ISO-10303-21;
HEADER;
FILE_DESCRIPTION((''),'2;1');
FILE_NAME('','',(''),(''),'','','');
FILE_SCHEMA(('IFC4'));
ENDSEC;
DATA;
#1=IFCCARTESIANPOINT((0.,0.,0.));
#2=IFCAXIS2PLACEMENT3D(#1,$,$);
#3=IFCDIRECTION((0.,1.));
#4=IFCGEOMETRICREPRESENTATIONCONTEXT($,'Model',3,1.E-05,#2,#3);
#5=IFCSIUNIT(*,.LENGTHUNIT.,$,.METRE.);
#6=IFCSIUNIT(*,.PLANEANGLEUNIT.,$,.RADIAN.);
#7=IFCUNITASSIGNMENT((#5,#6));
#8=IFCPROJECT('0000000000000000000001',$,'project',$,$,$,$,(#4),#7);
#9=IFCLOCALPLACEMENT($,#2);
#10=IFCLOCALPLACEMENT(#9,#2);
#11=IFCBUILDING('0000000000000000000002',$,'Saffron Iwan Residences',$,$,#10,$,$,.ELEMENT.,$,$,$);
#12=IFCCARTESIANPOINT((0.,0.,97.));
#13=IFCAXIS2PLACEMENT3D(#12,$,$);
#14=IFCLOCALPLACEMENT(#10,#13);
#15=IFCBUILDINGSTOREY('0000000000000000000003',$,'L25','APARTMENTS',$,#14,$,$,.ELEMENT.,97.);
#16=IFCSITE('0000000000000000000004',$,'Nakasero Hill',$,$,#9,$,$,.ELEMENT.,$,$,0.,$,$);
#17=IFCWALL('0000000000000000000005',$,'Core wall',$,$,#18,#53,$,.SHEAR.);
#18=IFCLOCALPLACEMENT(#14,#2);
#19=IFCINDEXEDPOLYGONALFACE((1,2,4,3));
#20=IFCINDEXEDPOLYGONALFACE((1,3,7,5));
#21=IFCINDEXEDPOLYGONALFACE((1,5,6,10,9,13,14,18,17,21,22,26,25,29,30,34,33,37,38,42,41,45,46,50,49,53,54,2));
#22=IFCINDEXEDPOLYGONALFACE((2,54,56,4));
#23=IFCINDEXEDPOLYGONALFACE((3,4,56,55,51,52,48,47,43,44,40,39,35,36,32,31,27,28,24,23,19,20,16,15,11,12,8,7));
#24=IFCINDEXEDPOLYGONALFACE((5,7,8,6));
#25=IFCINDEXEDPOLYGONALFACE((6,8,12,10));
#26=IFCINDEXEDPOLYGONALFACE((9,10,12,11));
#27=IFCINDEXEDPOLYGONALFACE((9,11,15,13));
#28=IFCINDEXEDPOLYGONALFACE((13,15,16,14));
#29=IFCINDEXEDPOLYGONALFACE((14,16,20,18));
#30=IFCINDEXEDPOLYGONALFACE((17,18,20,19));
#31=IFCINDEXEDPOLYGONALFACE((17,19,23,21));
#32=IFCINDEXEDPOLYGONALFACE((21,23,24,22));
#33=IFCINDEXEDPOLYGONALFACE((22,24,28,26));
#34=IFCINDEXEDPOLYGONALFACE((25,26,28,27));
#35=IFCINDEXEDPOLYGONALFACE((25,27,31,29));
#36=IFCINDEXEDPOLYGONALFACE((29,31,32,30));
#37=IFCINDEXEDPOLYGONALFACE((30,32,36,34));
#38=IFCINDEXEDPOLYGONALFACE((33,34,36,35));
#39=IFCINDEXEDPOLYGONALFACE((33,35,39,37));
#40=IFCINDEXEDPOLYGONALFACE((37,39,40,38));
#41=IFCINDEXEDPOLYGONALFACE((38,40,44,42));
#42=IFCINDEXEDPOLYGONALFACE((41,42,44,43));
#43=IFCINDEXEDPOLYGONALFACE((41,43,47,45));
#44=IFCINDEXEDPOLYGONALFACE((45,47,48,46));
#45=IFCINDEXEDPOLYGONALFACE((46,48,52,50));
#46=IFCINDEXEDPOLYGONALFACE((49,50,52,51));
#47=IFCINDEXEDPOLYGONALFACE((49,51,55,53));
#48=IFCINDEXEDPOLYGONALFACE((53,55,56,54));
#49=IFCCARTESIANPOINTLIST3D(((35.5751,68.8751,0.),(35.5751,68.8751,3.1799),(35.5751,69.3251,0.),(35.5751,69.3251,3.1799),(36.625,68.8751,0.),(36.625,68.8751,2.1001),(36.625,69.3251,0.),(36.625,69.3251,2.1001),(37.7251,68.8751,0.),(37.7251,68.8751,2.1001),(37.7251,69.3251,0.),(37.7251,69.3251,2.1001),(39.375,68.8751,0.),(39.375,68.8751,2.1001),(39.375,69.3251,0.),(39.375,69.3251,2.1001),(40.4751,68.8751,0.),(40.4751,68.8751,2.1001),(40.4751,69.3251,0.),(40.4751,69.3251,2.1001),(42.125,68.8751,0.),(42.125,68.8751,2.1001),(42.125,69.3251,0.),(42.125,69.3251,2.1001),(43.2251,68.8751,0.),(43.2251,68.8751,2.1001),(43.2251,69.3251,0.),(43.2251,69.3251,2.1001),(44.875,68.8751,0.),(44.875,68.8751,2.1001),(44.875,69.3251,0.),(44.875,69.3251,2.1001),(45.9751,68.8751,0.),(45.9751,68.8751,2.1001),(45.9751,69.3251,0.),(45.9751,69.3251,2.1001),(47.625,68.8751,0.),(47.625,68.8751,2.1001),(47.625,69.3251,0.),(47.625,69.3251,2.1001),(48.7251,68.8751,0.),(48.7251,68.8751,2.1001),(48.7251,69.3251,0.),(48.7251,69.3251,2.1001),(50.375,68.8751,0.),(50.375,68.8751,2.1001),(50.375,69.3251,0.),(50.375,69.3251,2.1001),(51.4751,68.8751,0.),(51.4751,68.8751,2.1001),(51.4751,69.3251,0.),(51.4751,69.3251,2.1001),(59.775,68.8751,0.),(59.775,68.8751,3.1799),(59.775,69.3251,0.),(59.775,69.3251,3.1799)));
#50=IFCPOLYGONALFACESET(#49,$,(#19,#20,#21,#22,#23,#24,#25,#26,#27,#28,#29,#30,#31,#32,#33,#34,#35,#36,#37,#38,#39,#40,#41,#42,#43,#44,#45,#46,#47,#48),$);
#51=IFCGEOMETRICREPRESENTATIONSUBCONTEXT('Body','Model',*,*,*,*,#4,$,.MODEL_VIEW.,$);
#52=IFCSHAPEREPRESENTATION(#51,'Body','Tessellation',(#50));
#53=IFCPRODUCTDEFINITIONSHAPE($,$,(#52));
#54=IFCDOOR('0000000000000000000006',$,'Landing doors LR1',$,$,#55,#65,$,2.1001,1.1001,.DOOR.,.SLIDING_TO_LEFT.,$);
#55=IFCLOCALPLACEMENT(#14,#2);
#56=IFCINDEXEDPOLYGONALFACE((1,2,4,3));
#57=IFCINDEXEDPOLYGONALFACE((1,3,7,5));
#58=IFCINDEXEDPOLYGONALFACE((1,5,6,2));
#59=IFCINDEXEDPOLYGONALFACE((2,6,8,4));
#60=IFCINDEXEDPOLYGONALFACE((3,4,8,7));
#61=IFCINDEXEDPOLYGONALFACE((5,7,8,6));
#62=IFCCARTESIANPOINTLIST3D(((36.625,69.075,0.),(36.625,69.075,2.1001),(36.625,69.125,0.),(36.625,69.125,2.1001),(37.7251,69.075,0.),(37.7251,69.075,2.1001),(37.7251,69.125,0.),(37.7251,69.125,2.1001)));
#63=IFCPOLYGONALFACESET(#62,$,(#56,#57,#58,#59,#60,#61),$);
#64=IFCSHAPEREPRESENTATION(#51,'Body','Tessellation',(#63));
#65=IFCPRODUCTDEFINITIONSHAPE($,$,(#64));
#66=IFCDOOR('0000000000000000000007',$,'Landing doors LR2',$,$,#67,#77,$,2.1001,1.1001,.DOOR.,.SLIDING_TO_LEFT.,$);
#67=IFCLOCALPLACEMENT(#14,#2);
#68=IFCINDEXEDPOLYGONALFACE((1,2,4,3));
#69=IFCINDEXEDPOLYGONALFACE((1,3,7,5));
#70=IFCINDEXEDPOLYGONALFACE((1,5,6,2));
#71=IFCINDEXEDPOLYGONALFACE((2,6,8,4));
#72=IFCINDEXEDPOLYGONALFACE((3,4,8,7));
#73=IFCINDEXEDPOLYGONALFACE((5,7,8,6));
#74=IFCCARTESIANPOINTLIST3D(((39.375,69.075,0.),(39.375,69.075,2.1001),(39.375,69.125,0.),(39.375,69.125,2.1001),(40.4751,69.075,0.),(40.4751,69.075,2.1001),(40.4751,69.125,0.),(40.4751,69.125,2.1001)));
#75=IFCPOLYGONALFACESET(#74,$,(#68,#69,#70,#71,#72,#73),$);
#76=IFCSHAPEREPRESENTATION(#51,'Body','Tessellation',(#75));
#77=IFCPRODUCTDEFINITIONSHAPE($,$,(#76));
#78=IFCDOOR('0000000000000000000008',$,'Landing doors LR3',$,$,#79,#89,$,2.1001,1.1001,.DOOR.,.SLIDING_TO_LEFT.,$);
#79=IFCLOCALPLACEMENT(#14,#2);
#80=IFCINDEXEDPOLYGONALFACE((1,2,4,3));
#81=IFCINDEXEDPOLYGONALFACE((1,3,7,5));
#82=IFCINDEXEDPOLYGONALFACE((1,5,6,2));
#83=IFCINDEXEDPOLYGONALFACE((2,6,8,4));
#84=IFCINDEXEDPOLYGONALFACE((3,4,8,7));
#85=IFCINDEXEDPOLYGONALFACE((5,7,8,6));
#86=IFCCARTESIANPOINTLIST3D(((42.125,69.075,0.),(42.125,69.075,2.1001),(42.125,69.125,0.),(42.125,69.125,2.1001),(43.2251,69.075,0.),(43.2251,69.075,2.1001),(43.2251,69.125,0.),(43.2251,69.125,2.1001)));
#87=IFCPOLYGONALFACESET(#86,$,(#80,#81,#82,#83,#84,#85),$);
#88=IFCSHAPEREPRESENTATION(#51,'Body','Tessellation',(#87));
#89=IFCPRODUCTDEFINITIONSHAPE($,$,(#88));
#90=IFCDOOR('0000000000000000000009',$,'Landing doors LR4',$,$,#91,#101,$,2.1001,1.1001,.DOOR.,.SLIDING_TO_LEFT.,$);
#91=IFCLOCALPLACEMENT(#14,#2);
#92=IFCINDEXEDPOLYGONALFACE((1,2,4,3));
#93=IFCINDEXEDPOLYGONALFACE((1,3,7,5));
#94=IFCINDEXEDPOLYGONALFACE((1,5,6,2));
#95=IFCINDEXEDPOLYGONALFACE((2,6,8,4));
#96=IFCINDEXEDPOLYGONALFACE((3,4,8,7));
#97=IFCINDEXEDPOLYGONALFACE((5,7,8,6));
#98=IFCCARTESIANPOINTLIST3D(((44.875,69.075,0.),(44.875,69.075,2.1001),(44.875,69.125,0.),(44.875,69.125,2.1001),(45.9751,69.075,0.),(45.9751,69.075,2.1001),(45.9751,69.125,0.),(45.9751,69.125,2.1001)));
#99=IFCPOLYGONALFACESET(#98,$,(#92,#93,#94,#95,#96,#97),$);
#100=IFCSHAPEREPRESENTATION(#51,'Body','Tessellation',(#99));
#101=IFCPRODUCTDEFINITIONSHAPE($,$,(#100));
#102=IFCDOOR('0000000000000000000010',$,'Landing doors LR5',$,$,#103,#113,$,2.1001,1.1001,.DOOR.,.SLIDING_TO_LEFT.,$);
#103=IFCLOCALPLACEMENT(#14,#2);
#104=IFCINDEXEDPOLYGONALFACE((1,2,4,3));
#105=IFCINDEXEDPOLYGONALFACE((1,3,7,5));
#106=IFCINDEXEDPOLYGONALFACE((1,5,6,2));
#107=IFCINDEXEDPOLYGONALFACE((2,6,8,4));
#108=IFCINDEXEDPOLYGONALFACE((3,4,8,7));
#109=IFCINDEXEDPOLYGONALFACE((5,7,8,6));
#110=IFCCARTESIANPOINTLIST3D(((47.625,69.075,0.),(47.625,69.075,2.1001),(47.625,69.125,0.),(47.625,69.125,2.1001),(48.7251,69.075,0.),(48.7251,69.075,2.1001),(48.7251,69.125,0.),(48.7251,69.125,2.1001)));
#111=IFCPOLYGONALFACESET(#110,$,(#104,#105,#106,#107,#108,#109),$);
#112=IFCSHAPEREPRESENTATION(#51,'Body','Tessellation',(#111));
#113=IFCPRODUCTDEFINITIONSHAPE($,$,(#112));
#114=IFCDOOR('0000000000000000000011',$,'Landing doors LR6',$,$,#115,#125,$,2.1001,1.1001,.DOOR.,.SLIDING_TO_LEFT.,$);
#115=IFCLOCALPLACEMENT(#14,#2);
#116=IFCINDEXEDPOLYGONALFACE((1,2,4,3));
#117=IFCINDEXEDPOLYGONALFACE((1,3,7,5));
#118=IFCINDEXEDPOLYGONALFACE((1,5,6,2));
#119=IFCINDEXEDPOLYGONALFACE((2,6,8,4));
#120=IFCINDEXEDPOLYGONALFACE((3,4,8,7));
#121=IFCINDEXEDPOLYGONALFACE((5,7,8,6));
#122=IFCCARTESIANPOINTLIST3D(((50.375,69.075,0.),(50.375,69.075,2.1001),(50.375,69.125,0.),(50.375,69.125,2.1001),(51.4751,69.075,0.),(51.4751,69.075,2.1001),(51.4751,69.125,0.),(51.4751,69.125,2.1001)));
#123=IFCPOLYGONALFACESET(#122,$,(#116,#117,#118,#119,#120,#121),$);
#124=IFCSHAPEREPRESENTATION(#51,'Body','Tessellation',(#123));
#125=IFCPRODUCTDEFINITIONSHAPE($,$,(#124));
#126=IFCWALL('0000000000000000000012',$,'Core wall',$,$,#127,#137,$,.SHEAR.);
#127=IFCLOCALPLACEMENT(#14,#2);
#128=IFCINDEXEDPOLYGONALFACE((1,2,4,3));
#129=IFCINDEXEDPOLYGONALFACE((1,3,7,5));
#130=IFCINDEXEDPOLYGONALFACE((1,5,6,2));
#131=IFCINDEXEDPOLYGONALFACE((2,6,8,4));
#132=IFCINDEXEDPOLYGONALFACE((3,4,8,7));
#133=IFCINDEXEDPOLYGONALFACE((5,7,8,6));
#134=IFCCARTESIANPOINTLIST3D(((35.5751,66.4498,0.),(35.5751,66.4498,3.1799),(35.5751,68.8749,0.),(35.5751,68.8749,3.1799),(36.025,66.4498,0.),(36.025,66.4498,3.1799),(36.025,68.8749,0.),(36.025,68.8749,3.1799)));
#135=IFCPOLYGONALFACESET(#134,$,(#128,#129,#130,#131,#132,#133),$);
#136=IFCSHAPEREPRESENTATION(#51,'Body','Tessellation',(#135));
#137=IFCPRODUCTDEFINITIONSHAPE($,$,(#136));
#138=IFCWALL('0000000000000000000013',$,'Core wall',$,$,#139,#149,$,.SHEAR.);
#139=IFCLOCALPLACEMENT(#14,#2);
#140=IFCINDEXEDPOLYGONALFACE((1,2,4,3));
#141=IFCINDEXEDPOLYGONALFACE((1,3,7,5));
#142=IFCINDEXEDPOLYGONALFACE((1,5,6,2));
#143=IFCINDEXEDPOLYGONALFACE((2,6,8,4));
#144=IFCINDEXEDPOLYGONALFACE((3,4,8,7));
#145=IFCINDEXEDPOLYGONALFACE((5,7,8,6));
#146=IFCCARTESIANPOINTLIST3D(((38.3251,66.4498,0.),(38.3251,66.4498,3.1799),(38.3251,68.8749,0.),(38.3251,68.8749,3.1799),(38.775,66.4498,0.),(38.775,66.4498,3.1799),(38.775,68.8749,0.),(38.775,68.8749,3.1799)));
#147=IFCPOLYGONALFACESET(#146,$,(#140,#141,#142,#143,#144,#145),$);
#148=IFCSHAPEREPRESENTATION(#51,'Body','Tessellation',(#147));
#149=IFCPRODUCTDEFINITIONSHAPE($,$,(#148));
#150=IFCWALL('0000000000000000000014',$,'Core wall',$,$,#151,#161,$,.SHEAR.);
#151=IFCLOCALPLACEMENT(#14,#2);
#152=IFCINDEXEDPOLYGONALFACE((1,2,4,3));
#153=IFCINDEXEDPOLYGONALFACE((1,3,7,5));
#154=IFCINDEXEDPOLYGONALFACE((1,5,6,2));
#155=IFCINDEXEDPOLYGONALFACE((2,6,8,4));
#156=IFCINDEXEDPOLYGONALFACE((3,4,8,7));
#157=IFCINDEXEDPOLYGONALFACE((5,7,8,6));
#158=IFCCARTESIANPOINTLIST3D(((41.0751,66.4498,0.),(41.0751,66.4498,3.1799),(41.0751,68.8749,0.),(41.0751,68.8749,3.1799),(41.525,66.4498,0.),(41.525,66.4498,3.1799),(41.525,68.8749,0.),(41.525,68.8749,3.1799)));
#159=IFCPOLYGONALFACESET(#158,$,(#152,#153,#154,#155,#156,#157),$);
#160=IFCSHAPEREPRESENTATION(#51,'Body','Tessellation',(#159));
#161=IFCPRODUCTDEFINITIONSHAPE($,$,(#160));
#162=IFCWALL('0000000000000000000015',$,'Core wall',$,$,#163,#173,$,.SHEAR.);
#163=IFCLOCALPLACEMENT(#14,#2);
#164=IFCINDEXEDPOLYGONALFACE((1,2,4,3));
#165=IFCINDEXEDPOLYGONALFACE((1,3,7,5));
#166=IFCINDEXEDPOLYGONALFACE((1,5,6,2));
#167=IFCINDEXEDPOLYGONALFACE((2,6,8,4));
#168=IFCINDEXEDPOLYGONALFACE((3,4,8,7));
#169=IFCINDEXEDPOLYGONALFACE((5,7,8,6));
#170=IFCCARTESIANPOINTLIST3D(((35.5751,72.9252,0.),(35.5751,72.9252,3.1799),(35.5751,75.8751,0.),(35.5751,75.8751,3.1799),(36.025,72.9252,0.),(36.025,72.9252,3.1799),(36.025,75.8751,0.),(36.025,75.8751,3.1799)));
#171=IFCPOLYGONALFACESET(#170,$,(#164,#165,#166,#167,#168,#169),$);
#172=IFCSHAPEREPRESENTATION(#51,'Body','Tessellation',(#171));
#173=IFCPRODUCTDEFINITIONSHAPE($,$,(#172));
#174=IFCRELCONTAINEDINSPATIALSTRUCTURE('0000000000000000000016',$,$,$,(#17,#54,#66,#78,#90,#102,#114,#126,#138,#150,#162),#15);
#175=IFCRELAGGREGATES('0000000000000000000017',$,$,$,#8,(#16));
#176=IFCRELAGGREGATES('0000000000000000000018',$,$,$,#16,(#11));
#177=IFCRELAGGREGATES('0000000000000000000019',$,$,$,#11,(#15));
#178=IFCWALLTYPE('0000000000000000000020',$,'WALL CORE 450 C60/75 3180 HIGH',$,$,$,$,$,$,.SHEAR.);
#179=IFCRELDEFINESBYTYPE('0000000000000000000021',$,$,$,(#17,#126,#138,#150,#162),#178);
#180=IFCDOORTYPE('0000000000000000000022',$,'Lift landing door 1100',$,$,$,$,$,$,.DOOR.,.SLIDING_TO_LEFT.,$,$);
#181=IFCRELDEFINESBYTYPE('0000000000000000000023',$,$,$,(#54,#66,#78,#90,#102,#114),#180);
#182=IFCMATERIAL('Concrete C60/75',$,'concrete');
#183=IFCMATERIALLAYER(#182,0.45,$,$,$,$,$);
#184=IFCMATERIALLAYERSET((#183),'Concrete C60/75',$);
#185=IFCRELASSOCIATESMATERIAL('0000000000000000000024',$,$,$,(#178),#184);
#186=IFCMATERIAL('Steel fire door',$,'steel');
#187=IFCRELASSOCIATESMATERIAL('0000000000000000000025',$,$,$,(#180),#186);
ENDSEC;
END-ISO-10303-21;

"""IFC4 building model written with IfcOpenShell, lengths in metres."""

from ifc_helpers import new_model, si_unit, direction, frame, frame_2d, origin, place, context, subcontext, project, spatial, rectangle, extrude, material, layer, layer_set, type_object, element, fill, save


model = new_model("IFC4")

# Units and contexts
model_context = context("Model", 3, precision=1e-05, world=origin(), true_north=direction((0.0, 1.0)))
body_context = subcontext(model_context, "Body", "Model", "MODEL_VIEW")
ifc_project = project(units=[si_unit("LENGTHUNIT", "METRE"), si_unit("PLANEANGLEUNIT", "RADIAN")], contexts=[model_context])

# Site, building, storey
site_placement = place(None, origin())
site = spatial("IfcSite", under=ifc_project, at=site_placement, Name="Nakasero Hill", CompositionType="ELEMENT", RefElevation=0.0)
building_placement = place(site_placement, origin())
building = spatial("IfcBuilding", under=site, at=building_placement, Name="Saffron Iwan Residences", CompositionType="ELEMENT")
storey_placement = place(building_placement, frame((0.0, 0.0, 97.0)))
storey = spatial("IfcBuildingStorey", under=building, at=storey_placement, Name="L25", Description="APARTMENTS", CompositionType="ELEMENT", Elevation=97.0)

# Wall, openings, doors
ifc_material_1 = material(Name="Concrete C60/75", Category="concrete")
ifc_layer = layer(ifc_material_1, 0.45)
ifc_layer_set = layer_set([ifc_layer], Name="Concrete C60/75")
wall_type = type_object("IfcWallType", Name="WALL CORE 450 C60/75 3180 HIGH", PredefinedType="SHEAR", material=ifc_layer_set)
wall_placement = place(storey_placement, frame((35.575, 69.1001, 0.0), z_axis=(0.0, 0.0, 1.0), x_axis=(1.0, 0.0, 0.0)))
wall = element("IfcWall", 1, at=wall_placement, inside=storey, type_object=wall_type, Name="Core wall", PredefinedType="SHEAR", context=body_context, shape_type="SweptSolid", body=[
    extrude(rectangle(XDim=24.2, YDim=0.45, at=frame_2d((12.1001, 0.0))), origin(), (0.0, 0.0, 1.0), 3.1799),
])
opening_1_placement = place(wall_placement, frame((1.05, 0.0, 0.0)))
opening_1 = element("IfcOpeningElement", 2, at=opening_1_placement, cuts=wall, PredefinedType="OPENING", context=body_context, shape_type="SweptSolid", body=[
    extrude(rectangle(XDim=1.1001, YDim=2.1001, at=frame_2d((0.55, 1.05))), frame((0.0, 0.2349, 0.0), z_axis=(0.0, -1.0, 0.0), x_axis=(1.0, 0.0, 0.0)), (0.0, 0.0, 1.0), 0.47),
])
opening_2_placement = place(wall_placement, frame((3.8, 0.0, 0.0)))
opening_2 = element("IfcOpeningElement", 3, at=opening_2_placement, cuts=wall, PredefinedType="OPENING", context=body_context, shape_type="SweptSolid", body=[
    extrude(rectangle(XDim=1.1001, YDim=2.1001, at=frame_2d((0.55, 1.05))), frame((0.0, 0.2349, 0.0), z_axis=(0.0, -1.0, 0.0), x_axis=(1.0, 0.0, 0.0)), (0.0, 0.0, 1.0), 0.47),
])
opening_3_placement = place(wall_placement, frame((6.55, 0.0, 0.0)))
opening_3 = element("IfcOpeningElement", 4, at=opening_3_placement, cuts=wall, PredefinedType="OPENING", context=body_context, shape_type="SweptSolid", body=[
    extrude(rectangle(XDim=1.1001, YDim=2.1001, at=frame_2d((0.55, 1.05))), frame((0.0, 0.2349, 0.0), z_axis=(0.0, -1.0, 0.0), x_axis=(1.0, 0.0, 0.0)), (0.0, 0.0, 1.0), 0.47),
])
opening_4_placement = place(wall_placement, frame((9.3, 0.0, 0.0)))
opening_4 = element("IfcOpeningElement", 5, at=opening_4_placement, cuts=wall, PredefinedType="OPENING", context=body_context, shape_type="SweptSolid", body=[
    extrude(rectangle(XDim=1.1001, YDim=2.1001, at=frame_2d((0.55, 1.05))), frame((0.0, 0.2349, 0.0), z_axis=(0.0, -1.0, 0.0), x_axis=(1.0, 0.0, 0.0)), (0.0, 0.0, 1.0), 0.47),
])
opening_5_placement = place(wall_placement, frame((12.05, 0.0, 0.0)))
opening_5 = element("IfcOpeningElement", 6, at=opening_5_placement, cuts=wall, PredefinedType="OPENING", context=body_context, shape_type="SweptSolid", body=[
    extrude(rectangle(XDim=1.1001, YDim=2.1001, at=frame_2d((0.55, 1.05))), frame((0.0, 0.2349, 0.0), z_axis=(0.0, -1.0, 0.0), x_axis=(1.0, 0.0, 0.0)), (0.0, 0.0, 1.0), 0.47),
])
opening_6_placement = place(wall_placement, frame((14.8, 0.0, 0.0)))
opening_6 = element("IfcOpeningElement", 7, at=opening_6_placement, cuts=wall, PredefinedType="OPENING", context=body_context, shape_type="SweptSolid", body=[
    extrude(rectangle(XDim=1.1001, YDim=2.1001, at=frame_2d((0.55, 1.05))), frame((0.0, 0.2349, 0.0), z_axis=(0.0, -1.0, 0.0), x_axis=(1.0, 0.0, 0.0)), (0.0, 0.0, 1.0), 0.47),
])
ifc_material_2 = material(Name="Steel fire door", Category="steel")
door_type = type_object("IfcDoorType", Name="Lift landing door 1100", OperationType="SLIDING_TO_LEFT", PredefinedType="DOOR", material=ifc_material_2)
door_1_placement = place(opening_1_placement, origin())
door_1 = element("IfcDoor", 8, at=door_1_placement, inside=storey, type_object=door_type, Name="Landing doors LR1", OperationType="SLIDING_TO_LEFT", OverallHeight=2.1001, OverallWidth=1.1001, PredefinedType="DOOR", context=body_context, shape_type="SweptSolid", body=[
    extrude(rectangle(XDim=1.1001, YDim=2.1001, at=frame_2d((0.55, 1.05))), frame((0.0, 0.0249, 0.0), z_axis=(0.0, -1.0, 0.0), x_axis=(1.0, 0.0, 0.0)), (0.0, 0.0, 1.0), 0.05),
])
fill(opening_1, door_1)
door_2_placement = place(opening_2_placement, origin())
door_2 = element("IfcDoor", 9, at=door_2_placement, inside=storey, type_object=door_type, Name="Landing doors LR2", OperationType="SLIDING_TO_LEFT", OverallHeight=2.1001, OverallWidth=1.1001, PredefinedType="DOOR", context=body_context, shape_type="SweptSolid", body=[
    extrude(rectangle(XDim=1.1001, YDim=2.1001, at=frame_2d((0.55, 1.05))), frame((0.0, 0.0249, 0.0), z_axis=(0.0, -1.0, 0.0), x_axis=(1.0, 0.0, 0.0)), (0.0, 0.0, 1.0), 0.05),
])
fill(opening_2, door_2)
door_3_placement = place(opening_3_placement, origin())
door_3 = element("IfcDoor", 10, at=door_3_placement, inside=storey, type_object=door_type, Name="Landing doors LR3", OperationType="SLIDING_TO_LEFT", OverallHeight=2.1001, OverallWidth=1.1001, PredefinedType="DOOR", context=body_context, shape_type="SweptSolid", body=[
    extrude(rectangle(XDim=1.1001, YDim=2.1001, at=frame_2d((0.55, 1.05))), frame((0.0, 0.0249, 0.0), z_axis=(0.0, -1.0, 0.0), x_axis=(1.0, 0.0, 0.0)), (0.0, 0.0, 1.0), 0.05),
])
fill(opening_3, door_3)
door_4_placement = place(opening_4_placement, origin())
door_4 = element("IfcDoor", 11, at=door_4_placement, inside=storey, type_object=door_type, Name="Landing doors LR4", OperationType="SLIDING_TO_LEFT", OverallHeight=2.1001, OverallWidth=1.1001, PredefinedType="DOOR", context=body_context, shape_type="SweptSolid", body=[
    extrude(rectangle(XDim=1.1001, YDim=2.1001, at=frame_2d((0.55, 1.05))), frame((0.0, 0.0249, 0.0), z_axis=(0.0, -1.0, 0.0), x_axis=(1.0, 0.0, 0.0)), (0.0, 0.0, 1.0), 0.05),
])
fill(opening_4, door_4)
door_5_placement = place(opening_5_placement, origin())
door_5 = element("IfcDoor", 12, at=door_5_placement, inside=storey, type_object=door_type, Name="Landing doors LR5", OperationType="SLIDING_TO_LEFT", OverallHeight=2.1001, OverallWidth=1.1001, PredefinedType="DOOR", context=body_context, shape_type="SweptSolid", body=[
    extrude(rectangle(XDim=1.1001, YDim=2.1001, at=frame_2d((0.55, 1.05))), frame((0.0, 0.0249, 0.0), z_axis=(0.0, -1.0, 0.0), x_axis=(1.0, 0.0, 0.0)), (0.0, 0.0, 1.0), 0.05),
])
fill(opening_5, door_5)
door_6_placement = place(opening_6_placement, origin())
door_6 = element("IfcDoor", 13, at=door_6_placement, inside=storey, type_object=door_type, Name="Landing doors LR6", OperationType="SLIDING_TO_LEFT", OverallHeight=2.1001, OverallWidth=1.1001, PredefinedType="DOOR", context=body_context, shape_type="SweptSolid", body=[
    extrude(rectangle(XDim=1.1001, YDim=2.1001, at=frame_2d((0.55, 1.05))), frame((0.0, 0.0249, 0.0), z_axis=(0.0, -1.0, 0.0), x_axis=(1.0, 0.0, 0.0)), (0.0, 0.0, 1.0), 0.05),
])
fill(opening_6, door_6)

# Walls
for number, where, z_axis, x_axis, name in (
    (14, (35.8, 66.45, 0.0), (0.0, 0.0, 1.0), (0.0, 1.0, 0.0), "Core wall"),
    (15, (38.55, 66.45, 0.0), (0.0, 0.0, 1.0), (0.0, 1.0, 0.0), "Core wall"),
    (16, (41.3, 66.45, 0.0), (0.0, 0.0, 1.0), (0.0, 1.0, 0.0), "Core wall"),
):
    element("IfcWall", number, at=place(storey_placement, frame(where, z_axis=z_axis, x_axis=x_axis)), inside=storey, type_object=wall_type, Name=name, PredefinedType="SHEAR", context=body_context, shape_type="SweptSolid", body=[
        extrude(rectangle(XDim=2.425, YDim=0.45, at=frame_2d((1.2124, 0.0))), origin(), (0.0, 0.0, 1.0), 3.1799),
    ])
for number, where, z_axis, x_axis, name in (
    (17, (35.8, 72.925, 0.0), (0.0, 0.0, 1.0), (0.0, 1.0, 0.0), "Core wall"),
):
    element("IfcWall", number, at=place(storey_placement, frame(where, z_axis=z_axis, x_axis=x_axis)), inside=storey, type_object=wall_type, Name=name, PredefinedType="SHEAR", context=body_context, shape_type="SweptSolid", body=[
        extrude(rectangle(XDim=2.95, YDim=0.45, at=frame_2d((1.4751, 0.0))), origin(), (0.0, 0.0, 1.0), 3.1799),
    ])

save(model, "model.ifc")
